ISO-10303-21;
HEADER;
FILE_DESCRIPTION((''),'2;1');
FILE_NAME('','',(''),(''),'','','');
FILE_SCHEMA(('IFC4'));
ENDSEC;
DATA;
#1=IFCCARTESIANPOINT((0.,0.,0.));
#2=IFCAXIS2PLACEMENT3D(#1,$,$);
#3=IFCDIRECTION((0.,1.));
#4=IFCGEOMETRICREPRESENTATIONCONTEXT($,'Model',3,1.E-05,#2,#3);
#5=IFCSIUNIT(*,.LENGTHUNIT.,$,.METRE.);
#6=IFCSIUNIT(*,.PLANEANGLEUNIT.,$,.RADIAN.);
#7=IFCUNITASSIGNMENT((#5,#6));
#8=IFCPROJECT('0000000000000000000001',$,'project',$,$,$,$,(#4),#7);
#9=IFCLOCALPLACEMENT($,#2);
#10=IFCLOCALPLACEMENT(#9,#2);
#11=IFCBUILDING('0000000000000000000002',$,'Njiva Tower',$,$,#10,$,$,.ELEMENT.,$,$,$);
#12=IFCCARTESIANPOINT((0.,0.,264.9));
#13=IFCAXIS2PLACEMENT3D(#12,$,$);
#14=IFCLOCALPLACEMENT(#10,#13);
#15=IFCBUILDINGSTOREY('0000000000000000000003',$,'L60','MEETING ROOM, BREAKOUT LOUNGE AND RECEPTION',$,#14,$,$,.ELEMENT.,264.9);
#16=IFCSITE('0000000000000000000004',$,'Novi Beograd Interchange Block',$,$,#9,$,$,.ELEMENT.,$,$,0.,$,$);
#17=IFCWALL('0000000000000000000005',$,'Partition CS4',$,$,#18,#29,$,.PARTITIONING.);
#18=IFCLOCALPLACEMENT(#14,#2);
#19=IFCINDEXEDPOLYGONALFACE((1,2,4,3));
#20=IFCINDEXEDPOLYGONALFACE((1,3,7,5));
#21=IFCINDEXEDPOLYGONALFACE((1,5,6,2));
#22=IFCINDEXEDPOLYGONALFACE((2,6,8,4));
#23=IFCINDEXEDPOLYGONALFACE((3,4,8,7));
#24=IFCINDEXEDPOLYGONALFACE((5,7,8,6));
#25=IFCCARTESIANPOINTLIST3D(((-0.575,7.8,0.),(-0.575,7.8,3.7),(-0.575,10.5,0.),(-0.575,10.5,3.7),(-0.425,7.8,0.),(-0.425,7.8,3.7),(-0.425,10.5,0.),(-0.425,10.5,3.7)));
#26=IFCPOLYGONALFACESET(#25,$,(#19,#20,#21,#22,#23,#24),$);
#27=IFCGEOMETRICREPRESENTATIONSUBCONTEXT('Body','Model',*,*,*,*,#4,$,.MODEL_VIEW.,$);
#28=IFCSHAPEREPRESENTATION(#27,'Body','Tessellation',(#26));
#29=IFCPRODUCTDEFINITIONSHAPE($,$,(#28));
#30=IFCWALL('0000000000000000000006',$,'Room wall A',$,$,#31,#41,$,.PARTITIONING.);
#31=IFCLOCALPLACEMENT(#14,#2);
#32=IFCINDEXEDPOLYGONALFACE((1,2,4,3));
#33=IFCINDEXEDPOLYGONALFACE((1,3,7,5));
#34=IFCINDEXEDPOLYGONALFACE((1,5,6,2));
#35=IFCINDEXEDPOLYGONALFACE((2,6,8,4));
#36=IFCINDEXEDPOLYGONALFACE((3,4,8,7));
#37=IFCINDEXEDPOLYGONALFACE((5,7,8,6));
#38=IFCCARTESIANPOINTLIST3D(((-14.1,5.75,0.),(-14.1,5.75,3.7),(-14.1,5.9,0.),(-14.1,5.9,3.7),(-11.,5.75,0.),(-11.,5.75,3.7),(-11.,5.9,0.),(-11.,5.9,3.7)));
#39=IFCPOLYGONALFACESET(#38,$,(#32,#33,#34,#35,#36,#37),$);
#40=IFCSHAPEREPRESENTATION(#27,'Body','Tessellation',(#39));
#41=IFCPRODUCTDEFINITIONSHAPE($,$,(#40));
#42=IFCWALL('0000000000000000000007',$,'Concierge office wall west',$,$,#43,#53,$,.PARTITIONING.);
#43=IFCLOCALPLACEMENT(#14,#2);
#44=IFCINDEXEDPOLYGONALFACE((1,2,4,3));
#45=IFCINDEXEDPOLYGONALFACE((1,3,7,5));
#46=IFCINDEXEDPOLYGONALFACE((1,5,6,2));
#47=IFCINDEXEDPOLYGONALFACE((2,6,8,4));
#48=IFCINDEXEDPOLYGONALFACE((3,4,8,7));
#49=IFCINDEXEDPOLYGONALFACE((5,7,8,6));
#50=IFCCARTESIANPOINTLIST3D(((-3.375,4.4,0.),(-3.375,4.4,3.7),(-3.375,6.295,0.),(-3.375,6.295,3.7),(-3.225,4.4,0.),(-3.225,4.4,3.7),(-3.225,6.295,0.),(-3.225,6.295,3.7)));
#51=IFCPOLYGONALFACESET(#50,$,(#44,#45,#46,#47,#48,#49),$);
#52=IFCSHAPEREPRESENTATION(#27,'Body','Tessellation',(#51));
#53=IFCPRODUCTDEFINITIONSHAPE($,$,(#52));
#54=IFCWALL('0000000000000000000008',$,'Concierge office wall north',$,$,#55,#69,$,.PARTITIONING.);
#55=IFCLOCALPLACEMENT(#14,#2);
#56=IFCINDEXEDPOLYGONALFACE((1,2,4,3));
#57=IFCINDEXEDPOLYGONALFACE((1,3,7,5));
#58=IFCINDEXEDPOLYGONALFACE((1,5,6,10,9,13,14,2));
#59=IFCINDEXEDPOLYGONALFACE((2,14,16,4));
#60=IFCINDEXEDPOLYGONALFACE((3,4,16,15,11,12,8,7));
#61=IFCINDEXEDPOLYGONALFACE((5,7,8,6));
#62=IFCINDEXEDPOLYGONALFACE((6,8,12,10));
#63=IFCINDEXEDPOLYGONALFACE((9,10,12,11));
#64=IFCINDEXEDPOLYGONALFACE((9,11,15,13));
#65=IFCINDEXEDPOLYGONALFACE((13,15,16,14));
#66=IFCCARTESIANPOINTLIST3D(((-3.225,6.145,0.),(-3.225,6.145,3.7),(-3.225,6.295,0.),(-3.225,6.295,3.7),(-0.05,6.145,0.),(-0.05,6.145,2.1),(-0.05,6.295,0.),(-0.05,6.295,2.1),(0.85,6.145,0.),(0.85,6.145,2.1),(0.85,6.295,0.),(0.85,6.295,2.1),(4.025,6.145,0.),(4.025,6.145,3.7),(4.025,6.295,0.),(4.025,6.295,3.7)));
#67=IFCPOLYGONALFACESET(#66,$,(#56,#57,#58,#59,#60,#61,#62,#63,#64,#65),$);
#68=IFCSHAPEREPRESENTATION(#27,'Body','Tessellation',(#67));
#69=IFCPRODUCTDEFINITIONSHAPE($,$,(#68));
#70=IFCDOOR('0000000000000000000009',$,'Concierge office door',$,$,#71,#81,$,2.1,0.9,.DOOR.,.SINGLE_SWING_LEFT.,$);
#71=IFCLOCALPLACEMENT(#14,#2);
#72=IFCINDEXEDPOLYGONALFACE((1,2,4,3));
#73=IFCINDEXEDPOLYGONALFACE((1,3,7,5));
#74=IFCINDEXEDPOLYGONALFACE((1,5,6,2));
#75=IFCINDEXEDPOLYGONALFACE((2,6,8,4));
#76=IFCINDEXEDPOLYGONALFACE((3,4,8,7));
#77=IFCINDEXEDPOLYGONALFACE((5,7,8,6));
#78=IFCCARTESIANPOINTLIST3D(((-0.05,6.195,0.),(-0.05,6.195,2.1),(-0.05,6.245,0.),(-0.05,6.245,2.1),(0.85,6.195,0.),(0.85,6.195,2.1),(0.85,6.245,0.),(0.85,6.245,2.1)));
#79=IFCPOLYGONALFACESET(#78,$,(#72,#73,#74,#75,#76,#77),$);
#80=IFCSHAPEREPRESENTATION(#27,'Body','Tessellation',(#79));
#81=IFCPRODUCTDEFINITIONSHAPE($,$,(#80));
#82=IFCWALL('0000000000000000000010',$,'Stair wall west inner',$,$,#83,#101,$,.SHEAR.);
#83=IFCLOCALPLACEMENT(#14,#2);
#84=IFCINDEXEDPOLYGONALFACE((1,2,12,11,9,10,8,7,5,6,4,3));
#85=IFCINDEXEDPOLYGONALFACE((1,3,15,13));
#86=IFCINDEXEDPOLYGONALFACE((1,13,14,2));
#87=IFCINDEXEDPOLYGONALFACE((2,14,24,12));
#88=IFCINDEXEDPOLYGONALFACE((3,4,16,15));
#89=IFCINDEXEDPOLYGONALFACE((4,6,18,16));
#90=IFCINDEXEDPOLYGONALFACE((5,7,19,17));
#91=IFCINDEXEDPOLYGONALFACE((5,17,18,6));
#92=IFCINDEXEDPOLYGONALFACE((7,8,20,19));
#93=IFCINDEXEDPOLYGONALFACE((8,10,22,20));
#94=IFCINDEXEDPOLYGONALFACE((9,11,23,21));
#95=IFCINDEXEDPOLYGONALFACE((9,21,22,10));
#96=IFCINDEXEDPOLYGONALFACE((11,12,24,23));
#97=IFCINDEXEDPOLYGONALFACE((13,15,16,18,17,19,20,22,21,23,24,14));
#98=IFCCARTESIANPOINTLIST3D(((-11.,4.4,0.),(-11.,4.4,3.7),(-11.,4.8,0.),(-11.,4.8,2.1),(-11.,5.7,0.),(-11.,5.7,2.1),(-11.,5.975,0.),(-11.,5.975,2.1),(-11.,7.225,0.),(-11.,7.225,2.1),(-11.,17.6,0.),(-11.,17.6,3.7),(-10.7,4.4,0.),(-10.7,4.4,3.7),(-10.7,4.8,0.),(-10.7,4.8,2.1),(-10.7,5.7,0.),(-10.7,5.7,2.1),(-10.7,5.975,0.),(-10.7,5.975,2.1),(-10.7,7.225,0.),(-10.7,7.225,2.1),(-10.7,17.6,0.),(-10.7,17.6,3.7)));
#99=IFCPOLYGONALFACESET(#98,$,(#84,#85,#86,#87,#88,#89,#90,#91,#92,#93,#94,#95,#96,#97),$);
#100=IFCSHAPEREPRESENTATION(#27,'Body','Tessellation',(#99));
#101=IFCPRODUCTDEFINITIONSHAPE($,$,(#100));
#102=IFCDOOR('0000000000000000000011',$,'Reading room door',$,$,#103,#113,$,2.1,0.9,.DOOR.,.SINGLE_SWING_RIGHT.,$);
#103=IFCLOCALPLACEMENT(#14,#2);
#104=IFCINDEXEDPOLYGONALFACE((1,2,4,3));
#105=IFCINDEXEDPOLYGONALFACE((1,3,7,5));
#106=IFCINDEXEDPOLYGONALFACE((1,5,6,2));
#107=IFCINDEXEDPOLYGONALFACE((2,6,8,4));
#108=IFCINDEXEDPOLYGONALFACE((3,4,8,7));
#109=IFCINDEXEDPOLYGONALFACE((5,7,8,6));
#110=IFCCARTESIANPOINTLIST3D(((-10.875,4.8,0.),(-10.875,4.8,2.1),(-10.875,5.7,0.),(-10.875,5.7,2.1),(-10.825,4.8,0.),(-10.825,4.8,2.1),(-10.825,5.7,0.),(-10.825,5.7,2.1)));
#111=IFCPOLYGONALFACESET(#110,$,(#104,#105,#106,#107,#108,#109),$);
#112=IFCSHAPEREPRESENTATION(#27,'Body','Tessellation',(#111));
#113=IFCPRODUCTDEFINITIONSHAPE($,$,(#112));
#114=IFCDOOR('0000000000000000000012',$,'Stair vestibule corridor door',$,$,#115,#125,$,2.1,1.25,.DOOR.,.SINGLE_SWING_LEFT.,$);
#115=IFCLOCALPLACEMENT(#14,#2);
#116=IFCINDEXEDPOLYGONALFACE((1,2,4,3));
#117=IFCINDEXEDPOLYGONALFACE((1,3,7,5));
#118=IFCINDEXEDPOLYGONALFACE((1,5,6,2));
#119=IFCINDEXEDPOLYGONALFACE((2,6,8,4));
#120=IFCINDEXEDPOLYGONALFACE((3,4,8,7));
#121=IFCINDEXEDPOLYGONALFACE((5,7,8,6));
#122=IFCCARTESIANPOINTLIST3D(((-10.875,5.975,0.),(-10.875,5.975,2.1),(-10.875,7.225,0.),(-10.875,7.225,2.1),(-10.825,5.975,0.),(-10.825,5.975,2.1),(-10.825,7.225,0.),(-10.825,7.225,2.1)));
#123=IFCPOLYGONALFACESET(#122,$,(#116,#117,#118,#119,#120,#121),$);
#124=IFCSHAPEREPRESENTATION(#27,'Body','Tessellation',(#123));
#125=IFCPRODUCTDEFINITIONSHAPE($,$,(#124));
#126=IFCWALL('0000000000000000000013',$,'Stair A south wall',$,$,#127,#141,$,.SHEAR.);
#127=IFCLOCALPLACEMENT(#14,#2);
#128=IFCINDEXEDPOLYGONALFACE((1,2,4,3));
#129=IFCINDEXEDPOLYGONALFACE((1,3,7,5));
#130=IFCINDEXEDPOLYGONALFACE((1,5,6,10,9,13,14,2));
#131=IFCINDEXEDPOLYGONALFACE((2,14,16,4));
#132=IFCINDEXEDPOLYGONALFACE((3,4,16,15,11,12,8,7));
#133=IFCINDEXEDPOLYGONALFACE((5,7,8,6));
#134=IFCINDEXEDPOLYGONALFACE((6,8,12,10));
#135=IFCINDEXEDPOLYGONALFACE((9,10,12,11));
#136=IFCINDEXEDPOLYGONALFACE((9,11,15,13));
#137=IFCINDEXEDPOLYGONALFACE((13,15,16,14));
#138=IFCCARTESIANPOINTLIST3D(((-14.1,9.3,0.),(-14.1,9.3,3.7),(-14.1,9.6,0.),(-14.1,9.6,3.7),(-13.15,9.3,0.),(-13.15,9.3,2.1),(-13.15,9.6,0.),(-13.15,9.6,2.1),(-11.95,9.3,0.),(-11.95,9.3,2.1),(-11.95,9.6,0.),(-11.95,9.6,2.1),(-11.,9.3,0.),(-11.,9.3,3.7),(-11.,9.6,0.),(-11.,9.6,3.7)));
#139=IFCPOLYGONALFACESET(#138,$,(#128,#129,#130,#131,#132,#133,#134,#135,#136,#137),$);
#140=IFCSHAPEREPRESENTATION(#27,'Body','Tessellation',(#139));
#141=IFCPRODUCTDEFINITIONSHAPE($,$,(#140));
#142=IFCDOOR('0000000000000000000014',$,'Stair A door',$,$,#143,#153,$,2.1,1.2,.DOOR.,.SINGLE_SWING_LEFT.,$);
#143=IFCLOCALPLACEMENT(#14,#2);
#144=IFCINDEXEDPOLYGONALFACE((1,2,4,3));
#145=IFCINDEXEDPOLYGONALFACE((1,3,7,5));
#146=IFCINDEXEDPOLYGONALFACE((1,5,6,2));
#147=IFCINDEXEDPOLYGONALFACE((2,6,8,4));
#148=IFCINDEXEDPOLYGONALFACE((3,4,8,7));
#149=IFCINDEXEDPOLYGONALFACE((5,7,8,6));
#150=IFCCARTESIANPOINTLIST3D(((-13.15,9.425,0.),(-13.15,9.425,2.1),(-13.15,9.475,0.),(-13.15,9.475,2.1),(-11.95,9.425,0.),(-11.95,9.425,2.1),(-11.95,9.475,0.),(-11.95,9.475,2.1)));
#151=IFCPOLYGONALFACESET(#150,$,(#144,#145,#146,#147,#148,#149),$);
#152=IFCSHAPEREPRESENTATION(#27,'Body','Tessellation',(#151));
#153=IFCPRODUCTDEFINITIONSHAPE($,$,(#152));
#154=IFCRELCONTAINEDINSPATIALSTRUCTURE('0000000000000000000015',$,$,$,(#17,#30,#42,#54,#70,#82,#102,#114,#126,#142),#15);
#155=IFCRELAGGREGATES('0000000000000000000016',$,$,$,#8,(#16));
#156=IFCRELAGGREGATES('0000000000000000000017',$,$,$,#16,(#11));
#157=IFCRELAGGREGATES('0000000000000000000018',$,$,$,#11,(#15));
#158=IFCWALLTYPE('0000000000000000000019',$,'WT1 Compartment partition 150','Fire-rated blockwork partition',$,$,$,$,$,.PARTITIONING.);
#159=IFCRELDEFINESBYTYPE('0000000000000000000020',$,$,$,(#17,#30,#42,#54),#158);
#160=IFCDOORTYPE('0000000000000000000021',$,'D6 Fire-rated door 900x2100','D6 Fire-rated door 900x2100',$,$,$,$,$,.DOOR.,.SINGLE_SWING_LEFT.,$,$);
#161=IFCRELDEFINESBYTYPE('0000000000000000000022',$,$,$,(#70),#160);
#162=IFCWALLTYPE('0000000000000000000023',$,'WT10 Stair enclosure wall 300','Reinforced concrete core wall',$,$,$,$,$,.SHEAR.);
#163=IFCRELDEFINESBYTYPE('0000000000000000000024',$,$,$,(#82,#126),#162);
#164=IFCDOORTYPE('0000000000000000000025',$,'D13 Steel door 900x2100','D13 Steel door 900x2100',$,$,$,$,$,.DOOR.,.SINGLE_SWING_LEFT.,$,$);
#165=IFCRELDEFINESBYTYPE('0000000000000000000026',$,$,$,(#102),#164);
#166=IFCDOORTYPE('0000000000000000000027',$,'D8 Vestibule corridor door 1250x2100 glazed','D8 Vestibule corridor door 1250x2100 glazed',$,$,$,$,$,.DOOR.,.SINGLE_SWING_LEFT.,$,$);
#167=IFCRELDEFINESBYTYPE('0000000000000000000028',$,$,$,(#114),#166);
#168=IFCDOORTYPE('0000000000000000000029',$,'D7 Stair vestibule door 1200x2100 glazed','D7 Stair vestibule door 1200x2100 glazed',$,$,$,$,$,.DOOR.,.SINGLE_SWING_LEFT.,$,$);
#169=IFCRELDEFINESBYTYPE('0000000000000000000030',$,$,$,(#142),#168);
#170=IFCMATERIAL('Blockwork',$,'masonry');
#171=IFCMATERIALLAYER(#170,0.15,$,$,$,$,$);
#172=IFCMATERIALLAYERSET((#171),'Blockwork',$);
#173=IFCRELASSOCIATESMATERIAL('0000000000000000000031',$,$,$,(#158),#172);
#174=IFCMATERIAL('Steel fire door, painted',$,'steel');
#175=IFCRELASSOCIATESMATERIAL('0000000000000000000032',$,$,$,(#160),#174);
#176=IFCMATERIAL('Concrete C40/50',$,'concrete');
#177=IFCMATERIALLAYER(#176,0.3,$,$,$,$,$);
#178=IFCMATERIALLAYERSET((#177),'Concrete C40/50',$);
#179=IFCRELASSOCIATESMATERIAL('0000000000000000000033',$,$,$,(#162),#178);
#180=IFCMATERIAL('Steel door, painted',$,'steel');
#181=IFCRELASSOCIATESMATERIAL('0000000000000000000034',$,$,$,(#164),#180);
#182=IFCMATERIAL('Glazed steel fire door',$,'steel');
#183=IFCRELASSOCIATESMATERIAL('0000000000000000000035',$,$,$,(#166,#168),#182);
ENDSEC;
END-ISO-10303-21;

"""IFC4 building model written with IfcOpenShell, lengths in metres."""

from ifc_helpers import new_model, si_unit, direction, frame, frame_2d, origin, place, context, subcontext, project, spatial, rectangle, extrude, material, layer, layer_set, type_object, element, fill, save


model = new_model("IFC4")

# Units and contexts
model_context = context("Model", 3, precision=1e-05, world=origin(), true_north=direction((0.0, 1.0)))
body_context = subcontext(model_context, "Body", "Model", "MODEL_VIEW")
ifc_project = project(units=[si_unit("LENGTHUNIT", "METRE"), si_unit("PLANEANGLEUNIT", "RADIAN")], contexts=[model_context])

# Site, building, storey
site_placement = place(None, origin())
site = spatial("IfcSite", under=ifc_project, at=site_placement, Name="Novi Beograd Interchange Block", CompositionType="ELEMENT", RefElevation=0.0)
building_placement = place(site_placement, origin())
building = spatial("IfcBuilding", under=site, at=building_placement, Name="Njiva Tower", CompositionType="ELEMENT")
storey_placement = place(building_placement, frame((0.0, 0.0, 264.9)))
storey = spatial("IfcBuildingStorey", under=building, at=storey_placement, Name="L60", Description="MEETING ROOM, BREAKOUT LOUNGE AND RECEPTION", CompositionType="ELEMENT", Elevation=264.9)

# Walls
ifc_material_1 = material(Name="Blockwork", Category="masonry")
ifc_layer_1 = layer(ifc_material_1, 0.15)
ifc_layer_set_1 = layer_set([ifc_layer_1], Name="Blockwork")
wall_type_1 = type_object("IfcWallType", Name="WT1 Compartment partition 150", Description="Fire-rated blockwork partition", PredefinedType="PARTITIONING", material=ifc_layer_set_1)
wall_1_placement = place(storey_placement, frame((-0.5, 7.8, 0.0), z_axis=(0.0, 0.0, 1.0), x_axis=(0.0, 1.0, 0.0)))
element("IfcWall", 1, at=wall_1_placement, inside=storey, type_object=wall_type_1, Name="Partition CS4", PredefinedType="PARTITIONING", context=body_context, shape_type="SweptSolid", body=[
    extrude(rectangle(XDim=2.7, YDim=0.15, at=frame_2d((1.35, 0.0))), origin(), (0.0, 0.0, 1.0), 3.7),
])
wall_2_placement = place(storey_placement, frame((-14.1, 5.825, 0.0), z_axis=(0.0, 0.0, 1.0), x_axis=(1.0, 0.0, 0.0)))
element("IfcWall", 2, at=wall_2_placement, inside=storey, type_object=wall_type_1, Name="Room wall A", PredefinedType="PARTITIONING", context=body_context, shape_type="SweptSolid", body=[
    extrude(rectangle(XDim=3.1, YDim=0.15, at=frame_2d((1.55, 0.0))), origin(), (0.0, 0.0, 1.0), 3.7),
])
wall_3_placement = place(storey_placement, frame((-3.3, 4.4, 0.0), z_axis=(0.0, 0.0, 1.0), x_axis=(0.0, 1.0, 0.0)))
element("IfcWall", 3, at=wall_3_placement, inside=storey, type_object=wall_type_1, Name="Concierge office wall west", PredefinedType="PARTITIONING", context=body_context, shape_type="SweptSolid", body=[
    extrude(rectangle(XDim=1.895, YDim=0.15, at=frame_2d((0.9475, 0.0))), origin(), (0.0, 0.0, 1.0), 3.7),
])

# Wall, opening, door
wall_4_placement = place(storey_placement, frame((-3.225, 6.22, 0.0), z_axis=(0.0, 0.0, 1.0), x_axis=(1.0, 0.0, 0.0)))
wall_4 = element("IfcWall", 4, at=wall_4_placement, inside=storey, type_object=wall_type_1, Name="Concierge office wall north", PredefinedType="PARTITIONING", context=body_context, shape_type="SweptSolid", body=[
    extrude(rectangle(XDim=7.25, YDim=0.15, at=frame_2d((3.625, 0.0))), origin(), (0.0, 0.0, 1.0), 3.7),
])
opening_1_placement = place(wall_4_placement, frame((3.175, 0.0, 0.0)))
opening_1 = element("IfcOpeningElement", 5, at=opening_1_placement, cuts=wall_4, PredefinedType="OPENING", context=body_context, shape_type="SweptSolid", body=[
    extrude(rectangle(XDim=0.9, YDim=2.1, at=frame_2d((0.45, 1.05))), frame((0.0, 0.085, 0.0), z_axis=(0.0, -1.0, 0.0), x_axis=(1.0, 0.0, 0.0)), (0.0, 0.0, 1.0), 0.17),
])
ifc_material_2 = material(Name="Steel fire door, painted", Category="steel")
door_type_1 = type_object("IfcDoorType", Name="D6 Fire-rated door 900x2100", Description="D6 Fire-rated door 900x2100", OperationType="SINGLE_SWING_LEFT", PredefinedType="DOOR", material=ifc_material_2)
door_1_placement = place(opening_1_placement, origin())
door_1 = element("IfcDoor", 6, at=door_1_placement, inside=storey, type_object=door_type_1, Name="Concierge office door", OperationType="SINGLE_SWING_LEFT", OverallHeight=2.1, OverallWidth=0.9, PredefinedType="DOOR", context=body_context, shape_type="SweptSolid", body=[
    extrude(rectangle(XDim=0.9, YDim=2.1, at=frame_2d((0.45, 1.05))), frame((0.0, 0.025, 0.0), z_axis=(0.0, -1.0, 0.0), x_axis=(1.0, 0.0, 0.0)), (0.0, 0.0, 1.0), 0.05),
])
fill(opening_1, door_1)

# Wall, openings, doors
ifc_material_3 = material(Name="Concrete C40/50", Category="concrete")
ifc_layer_2 = layer(ifc_material_3, 0.3)
ifc_layer_set_2 = layer_set([ifc_layer_2], Name="Concrete C40/50")
wall_type_2 = type_object("IfcWallType", Name="WT10 Stair enclosure wall 300", Description="Reinforced concrete core wall", PredefinedType="SHEAR", material=ifc_layer_set_2)
wall_5_placement = place(storey_placement, frame((-10.85, 4.4, 0.0), z_axis=(0.0, 0.0, 1.0), x_axis=(0.0, 1.0, 0.0)))
wall_5 = element("IfcWall", 7, at=wall_5_placement, inside=storey, type_object=wall_type_2, Name="Stair wall west inner", PredefinedType="SHEAR", context=body_context, shape_type="SweptSolid", body=[
    extrude(rectangle(XDim=13.2, YDim=0.3, at=frame_2d((6.6, 0.0))), origin(), (0.0, 0.0, 1.0), 3.7),
])
opening_2_placement = place(wall_5_placement, frame((1.575, 0.0, 0.0)))
opening_2 = element("IfcOpeningElement", 8, at=opening_2_placement, cuts=wall_5, PredefinedType="OPENING", context=body_context, shape_type="SweptSolid", body=[
    extrude(rectangle(XDim=1.25, YDim=2.1, at=frame_2d((0.625, 1.05))), frame((0.0, 0.16, 0.0), z_axis=(0.0, -1.0, 0.0), x_axis=(1.0, 0.0, 0.0)), (0.0, 0.0, 1.0), 0.32),
])
opening_3_placement = place(wall_5_placement, frame((0.4, 0.0, 0.0)))
opening_3 = element("IfcOpeningElement", 9, at=opening_3_placement, cuts=wall_5, PredefinedType="OPENING", context=body_context, shape_type="SweptSolid", body=[
    extrude(rectangle(XDim=0.9, YDim=2.1, at=frame_2d((0.45, 1.05))), frame((0.0, 0.16, 0.0), z_axis=(0.0, -1.0, 0.0), x_axis=(1.0, 0.0, 0.0)), (0.0, 0.0, 1.0), 0.32),
])
ifc_material_4 = material(Name="Steel door, painted", Category="steel")
door_type_2 = type_object("IfcDoorType", Name="D13 Steel door 900x2100", Description="D13 Steel door 900x2100", OperationType="SINGLE_SWING_LEFT", PredefinedType="DOOR", material=ifc_material_4)
door_2_placement = place(opening_3_placement, origin())
door_2 = element("IfcDoor", 10, at=door_2_placement, inside=storey, type_object=door_type_2, Name="Reading room door", OperationType="SINGLE_SWING_RIGHT", OverallHeight=2.1, OverallWidth=0.9, PredefinedType="DOOR", context=body_context, shape_type="SweptSolid", body=[
    extrude(rectangle(XDim=0.9, YDim=2.1, at=frame_2d((0.45, 1.05))), frame((0.0, 0.025, 0.0), z_axis=(0.0, -1.0, 0.0), x_axis=(1.0, 0.0, 0.0)), (0.0, 0.0, 1.0), 0.05),
])
fill(opening_3, door_2)
ifc_material_5 = material(Name="Glazed steel fire door", Category="steel")
door_type_3 = type_object("IfcDoorType", Name="D8 Vestibule corridor door 1250x2100 glazed", Description="D8 Vestibule corridor door 1250x2100 glazed", OperationType="SINGLE_SWING_LEFT", PredefinedType="DOOR", material=ifc_material_5)
door_3_placement = place(opening_2_placement, origin())
door_3 = element("IfcDoor", 11, at=door_3_placement, inside=storey, type_object=door_type_3, Name="Stair vestibule corridor door", OperationType="SINGLE_SWING_LEFT", OverallHeight=2.1, OverallWidth=1.25, PredefinedType="DOOR", context=body_context, shape_type="SweptSolid", body=[
    extrude(rectangle(XDim=1.25, YDim=2.1, at=frame_2d((0.625, 1.05))), frame((0.0, 0.025, 0.0), z_axis=(0.0, -1.0, 0.0), x_axis=(1.0, 0.0, 0.0)), (0.0, 0.0, 1.0), 0.05),
])
fill(opening_2, door_3)

# Wall, opening, door
wall_6_placement = place(storey_placement, frame((-14.1, 9.45, 0.0), z_axis=(0.0, 0.0, 1.0), x_axis=(1.0, 0.0, 0.0)))
wall_6 = element("IfcWall", 12, at=wall_6_placement, inside=storey, type_object=wall_type_2, Name="Stair A south wall", PredefinedType="SHEAR", context=body_context, shape_type="SweptSolid", body=[
    extrude(rectangle(XDim=3.1, YDim=0.3, at=frame_2d((1.55, 0.0))), origin(), (0.0, 0.0, 1.0), 3.7),
])
opening_4_placement = place(wall_6_placement, frame((0.95, 0.0, 0.0)))
opening_4 = element("IfcOpeningElement", 13, at=opening_4_placement, cuts=wall_6, PredefinedType="OPENING", context=body_context, shape_type="SweptSolid", body=[
    extrude(rectangle(XDim=1.2, YDim=2.1, at=frame_2d((0.6, 1.05))), frame((0.0, 0.16, 0.0), z_axis=(0.0, -1.0, 0.0), x_axis=(1.0, 0.0, 0.0)), (0.0, 0.0, 1.0), 0.32),
])
door_type_4 = type_object("IfcDoorType", Name="D7 Stair vestibule door 1200x2100 glazed", Description="D7 Stair vestibule door 1200x2100 glazed", OperationType="SINGLE_SWING_LEFT", PredefinedType="DOOR", material=ifc_material_5)
door_4_placement = place(opening_4_placement, origin())
door_4 = element("IfcDoor", 14, at=door_4_placement, inside=storey, type_object=door_type_4, Name="Stair A door", OperationType="SINGLE_SWING_LEFT", OverallHeight=2.1, OverallWidth=1.2, PredefinedType="DOOR", context=body_context, shape_type="SweptSolid", body=[
    extrude(rectangle(XDim=1.2, YDim=2.1, at=frame_2d((0.6, 1.05))), frame((0.0, 0.025, 0.0), z_axis=(0.0, -1.0, 0.0), x_axis=(1.0, 0.0, 0.0)), (0.0, 0.0, 1.0), 0.05),
])
fill(opening_4, door_4)

save(model, "model.ifc")
